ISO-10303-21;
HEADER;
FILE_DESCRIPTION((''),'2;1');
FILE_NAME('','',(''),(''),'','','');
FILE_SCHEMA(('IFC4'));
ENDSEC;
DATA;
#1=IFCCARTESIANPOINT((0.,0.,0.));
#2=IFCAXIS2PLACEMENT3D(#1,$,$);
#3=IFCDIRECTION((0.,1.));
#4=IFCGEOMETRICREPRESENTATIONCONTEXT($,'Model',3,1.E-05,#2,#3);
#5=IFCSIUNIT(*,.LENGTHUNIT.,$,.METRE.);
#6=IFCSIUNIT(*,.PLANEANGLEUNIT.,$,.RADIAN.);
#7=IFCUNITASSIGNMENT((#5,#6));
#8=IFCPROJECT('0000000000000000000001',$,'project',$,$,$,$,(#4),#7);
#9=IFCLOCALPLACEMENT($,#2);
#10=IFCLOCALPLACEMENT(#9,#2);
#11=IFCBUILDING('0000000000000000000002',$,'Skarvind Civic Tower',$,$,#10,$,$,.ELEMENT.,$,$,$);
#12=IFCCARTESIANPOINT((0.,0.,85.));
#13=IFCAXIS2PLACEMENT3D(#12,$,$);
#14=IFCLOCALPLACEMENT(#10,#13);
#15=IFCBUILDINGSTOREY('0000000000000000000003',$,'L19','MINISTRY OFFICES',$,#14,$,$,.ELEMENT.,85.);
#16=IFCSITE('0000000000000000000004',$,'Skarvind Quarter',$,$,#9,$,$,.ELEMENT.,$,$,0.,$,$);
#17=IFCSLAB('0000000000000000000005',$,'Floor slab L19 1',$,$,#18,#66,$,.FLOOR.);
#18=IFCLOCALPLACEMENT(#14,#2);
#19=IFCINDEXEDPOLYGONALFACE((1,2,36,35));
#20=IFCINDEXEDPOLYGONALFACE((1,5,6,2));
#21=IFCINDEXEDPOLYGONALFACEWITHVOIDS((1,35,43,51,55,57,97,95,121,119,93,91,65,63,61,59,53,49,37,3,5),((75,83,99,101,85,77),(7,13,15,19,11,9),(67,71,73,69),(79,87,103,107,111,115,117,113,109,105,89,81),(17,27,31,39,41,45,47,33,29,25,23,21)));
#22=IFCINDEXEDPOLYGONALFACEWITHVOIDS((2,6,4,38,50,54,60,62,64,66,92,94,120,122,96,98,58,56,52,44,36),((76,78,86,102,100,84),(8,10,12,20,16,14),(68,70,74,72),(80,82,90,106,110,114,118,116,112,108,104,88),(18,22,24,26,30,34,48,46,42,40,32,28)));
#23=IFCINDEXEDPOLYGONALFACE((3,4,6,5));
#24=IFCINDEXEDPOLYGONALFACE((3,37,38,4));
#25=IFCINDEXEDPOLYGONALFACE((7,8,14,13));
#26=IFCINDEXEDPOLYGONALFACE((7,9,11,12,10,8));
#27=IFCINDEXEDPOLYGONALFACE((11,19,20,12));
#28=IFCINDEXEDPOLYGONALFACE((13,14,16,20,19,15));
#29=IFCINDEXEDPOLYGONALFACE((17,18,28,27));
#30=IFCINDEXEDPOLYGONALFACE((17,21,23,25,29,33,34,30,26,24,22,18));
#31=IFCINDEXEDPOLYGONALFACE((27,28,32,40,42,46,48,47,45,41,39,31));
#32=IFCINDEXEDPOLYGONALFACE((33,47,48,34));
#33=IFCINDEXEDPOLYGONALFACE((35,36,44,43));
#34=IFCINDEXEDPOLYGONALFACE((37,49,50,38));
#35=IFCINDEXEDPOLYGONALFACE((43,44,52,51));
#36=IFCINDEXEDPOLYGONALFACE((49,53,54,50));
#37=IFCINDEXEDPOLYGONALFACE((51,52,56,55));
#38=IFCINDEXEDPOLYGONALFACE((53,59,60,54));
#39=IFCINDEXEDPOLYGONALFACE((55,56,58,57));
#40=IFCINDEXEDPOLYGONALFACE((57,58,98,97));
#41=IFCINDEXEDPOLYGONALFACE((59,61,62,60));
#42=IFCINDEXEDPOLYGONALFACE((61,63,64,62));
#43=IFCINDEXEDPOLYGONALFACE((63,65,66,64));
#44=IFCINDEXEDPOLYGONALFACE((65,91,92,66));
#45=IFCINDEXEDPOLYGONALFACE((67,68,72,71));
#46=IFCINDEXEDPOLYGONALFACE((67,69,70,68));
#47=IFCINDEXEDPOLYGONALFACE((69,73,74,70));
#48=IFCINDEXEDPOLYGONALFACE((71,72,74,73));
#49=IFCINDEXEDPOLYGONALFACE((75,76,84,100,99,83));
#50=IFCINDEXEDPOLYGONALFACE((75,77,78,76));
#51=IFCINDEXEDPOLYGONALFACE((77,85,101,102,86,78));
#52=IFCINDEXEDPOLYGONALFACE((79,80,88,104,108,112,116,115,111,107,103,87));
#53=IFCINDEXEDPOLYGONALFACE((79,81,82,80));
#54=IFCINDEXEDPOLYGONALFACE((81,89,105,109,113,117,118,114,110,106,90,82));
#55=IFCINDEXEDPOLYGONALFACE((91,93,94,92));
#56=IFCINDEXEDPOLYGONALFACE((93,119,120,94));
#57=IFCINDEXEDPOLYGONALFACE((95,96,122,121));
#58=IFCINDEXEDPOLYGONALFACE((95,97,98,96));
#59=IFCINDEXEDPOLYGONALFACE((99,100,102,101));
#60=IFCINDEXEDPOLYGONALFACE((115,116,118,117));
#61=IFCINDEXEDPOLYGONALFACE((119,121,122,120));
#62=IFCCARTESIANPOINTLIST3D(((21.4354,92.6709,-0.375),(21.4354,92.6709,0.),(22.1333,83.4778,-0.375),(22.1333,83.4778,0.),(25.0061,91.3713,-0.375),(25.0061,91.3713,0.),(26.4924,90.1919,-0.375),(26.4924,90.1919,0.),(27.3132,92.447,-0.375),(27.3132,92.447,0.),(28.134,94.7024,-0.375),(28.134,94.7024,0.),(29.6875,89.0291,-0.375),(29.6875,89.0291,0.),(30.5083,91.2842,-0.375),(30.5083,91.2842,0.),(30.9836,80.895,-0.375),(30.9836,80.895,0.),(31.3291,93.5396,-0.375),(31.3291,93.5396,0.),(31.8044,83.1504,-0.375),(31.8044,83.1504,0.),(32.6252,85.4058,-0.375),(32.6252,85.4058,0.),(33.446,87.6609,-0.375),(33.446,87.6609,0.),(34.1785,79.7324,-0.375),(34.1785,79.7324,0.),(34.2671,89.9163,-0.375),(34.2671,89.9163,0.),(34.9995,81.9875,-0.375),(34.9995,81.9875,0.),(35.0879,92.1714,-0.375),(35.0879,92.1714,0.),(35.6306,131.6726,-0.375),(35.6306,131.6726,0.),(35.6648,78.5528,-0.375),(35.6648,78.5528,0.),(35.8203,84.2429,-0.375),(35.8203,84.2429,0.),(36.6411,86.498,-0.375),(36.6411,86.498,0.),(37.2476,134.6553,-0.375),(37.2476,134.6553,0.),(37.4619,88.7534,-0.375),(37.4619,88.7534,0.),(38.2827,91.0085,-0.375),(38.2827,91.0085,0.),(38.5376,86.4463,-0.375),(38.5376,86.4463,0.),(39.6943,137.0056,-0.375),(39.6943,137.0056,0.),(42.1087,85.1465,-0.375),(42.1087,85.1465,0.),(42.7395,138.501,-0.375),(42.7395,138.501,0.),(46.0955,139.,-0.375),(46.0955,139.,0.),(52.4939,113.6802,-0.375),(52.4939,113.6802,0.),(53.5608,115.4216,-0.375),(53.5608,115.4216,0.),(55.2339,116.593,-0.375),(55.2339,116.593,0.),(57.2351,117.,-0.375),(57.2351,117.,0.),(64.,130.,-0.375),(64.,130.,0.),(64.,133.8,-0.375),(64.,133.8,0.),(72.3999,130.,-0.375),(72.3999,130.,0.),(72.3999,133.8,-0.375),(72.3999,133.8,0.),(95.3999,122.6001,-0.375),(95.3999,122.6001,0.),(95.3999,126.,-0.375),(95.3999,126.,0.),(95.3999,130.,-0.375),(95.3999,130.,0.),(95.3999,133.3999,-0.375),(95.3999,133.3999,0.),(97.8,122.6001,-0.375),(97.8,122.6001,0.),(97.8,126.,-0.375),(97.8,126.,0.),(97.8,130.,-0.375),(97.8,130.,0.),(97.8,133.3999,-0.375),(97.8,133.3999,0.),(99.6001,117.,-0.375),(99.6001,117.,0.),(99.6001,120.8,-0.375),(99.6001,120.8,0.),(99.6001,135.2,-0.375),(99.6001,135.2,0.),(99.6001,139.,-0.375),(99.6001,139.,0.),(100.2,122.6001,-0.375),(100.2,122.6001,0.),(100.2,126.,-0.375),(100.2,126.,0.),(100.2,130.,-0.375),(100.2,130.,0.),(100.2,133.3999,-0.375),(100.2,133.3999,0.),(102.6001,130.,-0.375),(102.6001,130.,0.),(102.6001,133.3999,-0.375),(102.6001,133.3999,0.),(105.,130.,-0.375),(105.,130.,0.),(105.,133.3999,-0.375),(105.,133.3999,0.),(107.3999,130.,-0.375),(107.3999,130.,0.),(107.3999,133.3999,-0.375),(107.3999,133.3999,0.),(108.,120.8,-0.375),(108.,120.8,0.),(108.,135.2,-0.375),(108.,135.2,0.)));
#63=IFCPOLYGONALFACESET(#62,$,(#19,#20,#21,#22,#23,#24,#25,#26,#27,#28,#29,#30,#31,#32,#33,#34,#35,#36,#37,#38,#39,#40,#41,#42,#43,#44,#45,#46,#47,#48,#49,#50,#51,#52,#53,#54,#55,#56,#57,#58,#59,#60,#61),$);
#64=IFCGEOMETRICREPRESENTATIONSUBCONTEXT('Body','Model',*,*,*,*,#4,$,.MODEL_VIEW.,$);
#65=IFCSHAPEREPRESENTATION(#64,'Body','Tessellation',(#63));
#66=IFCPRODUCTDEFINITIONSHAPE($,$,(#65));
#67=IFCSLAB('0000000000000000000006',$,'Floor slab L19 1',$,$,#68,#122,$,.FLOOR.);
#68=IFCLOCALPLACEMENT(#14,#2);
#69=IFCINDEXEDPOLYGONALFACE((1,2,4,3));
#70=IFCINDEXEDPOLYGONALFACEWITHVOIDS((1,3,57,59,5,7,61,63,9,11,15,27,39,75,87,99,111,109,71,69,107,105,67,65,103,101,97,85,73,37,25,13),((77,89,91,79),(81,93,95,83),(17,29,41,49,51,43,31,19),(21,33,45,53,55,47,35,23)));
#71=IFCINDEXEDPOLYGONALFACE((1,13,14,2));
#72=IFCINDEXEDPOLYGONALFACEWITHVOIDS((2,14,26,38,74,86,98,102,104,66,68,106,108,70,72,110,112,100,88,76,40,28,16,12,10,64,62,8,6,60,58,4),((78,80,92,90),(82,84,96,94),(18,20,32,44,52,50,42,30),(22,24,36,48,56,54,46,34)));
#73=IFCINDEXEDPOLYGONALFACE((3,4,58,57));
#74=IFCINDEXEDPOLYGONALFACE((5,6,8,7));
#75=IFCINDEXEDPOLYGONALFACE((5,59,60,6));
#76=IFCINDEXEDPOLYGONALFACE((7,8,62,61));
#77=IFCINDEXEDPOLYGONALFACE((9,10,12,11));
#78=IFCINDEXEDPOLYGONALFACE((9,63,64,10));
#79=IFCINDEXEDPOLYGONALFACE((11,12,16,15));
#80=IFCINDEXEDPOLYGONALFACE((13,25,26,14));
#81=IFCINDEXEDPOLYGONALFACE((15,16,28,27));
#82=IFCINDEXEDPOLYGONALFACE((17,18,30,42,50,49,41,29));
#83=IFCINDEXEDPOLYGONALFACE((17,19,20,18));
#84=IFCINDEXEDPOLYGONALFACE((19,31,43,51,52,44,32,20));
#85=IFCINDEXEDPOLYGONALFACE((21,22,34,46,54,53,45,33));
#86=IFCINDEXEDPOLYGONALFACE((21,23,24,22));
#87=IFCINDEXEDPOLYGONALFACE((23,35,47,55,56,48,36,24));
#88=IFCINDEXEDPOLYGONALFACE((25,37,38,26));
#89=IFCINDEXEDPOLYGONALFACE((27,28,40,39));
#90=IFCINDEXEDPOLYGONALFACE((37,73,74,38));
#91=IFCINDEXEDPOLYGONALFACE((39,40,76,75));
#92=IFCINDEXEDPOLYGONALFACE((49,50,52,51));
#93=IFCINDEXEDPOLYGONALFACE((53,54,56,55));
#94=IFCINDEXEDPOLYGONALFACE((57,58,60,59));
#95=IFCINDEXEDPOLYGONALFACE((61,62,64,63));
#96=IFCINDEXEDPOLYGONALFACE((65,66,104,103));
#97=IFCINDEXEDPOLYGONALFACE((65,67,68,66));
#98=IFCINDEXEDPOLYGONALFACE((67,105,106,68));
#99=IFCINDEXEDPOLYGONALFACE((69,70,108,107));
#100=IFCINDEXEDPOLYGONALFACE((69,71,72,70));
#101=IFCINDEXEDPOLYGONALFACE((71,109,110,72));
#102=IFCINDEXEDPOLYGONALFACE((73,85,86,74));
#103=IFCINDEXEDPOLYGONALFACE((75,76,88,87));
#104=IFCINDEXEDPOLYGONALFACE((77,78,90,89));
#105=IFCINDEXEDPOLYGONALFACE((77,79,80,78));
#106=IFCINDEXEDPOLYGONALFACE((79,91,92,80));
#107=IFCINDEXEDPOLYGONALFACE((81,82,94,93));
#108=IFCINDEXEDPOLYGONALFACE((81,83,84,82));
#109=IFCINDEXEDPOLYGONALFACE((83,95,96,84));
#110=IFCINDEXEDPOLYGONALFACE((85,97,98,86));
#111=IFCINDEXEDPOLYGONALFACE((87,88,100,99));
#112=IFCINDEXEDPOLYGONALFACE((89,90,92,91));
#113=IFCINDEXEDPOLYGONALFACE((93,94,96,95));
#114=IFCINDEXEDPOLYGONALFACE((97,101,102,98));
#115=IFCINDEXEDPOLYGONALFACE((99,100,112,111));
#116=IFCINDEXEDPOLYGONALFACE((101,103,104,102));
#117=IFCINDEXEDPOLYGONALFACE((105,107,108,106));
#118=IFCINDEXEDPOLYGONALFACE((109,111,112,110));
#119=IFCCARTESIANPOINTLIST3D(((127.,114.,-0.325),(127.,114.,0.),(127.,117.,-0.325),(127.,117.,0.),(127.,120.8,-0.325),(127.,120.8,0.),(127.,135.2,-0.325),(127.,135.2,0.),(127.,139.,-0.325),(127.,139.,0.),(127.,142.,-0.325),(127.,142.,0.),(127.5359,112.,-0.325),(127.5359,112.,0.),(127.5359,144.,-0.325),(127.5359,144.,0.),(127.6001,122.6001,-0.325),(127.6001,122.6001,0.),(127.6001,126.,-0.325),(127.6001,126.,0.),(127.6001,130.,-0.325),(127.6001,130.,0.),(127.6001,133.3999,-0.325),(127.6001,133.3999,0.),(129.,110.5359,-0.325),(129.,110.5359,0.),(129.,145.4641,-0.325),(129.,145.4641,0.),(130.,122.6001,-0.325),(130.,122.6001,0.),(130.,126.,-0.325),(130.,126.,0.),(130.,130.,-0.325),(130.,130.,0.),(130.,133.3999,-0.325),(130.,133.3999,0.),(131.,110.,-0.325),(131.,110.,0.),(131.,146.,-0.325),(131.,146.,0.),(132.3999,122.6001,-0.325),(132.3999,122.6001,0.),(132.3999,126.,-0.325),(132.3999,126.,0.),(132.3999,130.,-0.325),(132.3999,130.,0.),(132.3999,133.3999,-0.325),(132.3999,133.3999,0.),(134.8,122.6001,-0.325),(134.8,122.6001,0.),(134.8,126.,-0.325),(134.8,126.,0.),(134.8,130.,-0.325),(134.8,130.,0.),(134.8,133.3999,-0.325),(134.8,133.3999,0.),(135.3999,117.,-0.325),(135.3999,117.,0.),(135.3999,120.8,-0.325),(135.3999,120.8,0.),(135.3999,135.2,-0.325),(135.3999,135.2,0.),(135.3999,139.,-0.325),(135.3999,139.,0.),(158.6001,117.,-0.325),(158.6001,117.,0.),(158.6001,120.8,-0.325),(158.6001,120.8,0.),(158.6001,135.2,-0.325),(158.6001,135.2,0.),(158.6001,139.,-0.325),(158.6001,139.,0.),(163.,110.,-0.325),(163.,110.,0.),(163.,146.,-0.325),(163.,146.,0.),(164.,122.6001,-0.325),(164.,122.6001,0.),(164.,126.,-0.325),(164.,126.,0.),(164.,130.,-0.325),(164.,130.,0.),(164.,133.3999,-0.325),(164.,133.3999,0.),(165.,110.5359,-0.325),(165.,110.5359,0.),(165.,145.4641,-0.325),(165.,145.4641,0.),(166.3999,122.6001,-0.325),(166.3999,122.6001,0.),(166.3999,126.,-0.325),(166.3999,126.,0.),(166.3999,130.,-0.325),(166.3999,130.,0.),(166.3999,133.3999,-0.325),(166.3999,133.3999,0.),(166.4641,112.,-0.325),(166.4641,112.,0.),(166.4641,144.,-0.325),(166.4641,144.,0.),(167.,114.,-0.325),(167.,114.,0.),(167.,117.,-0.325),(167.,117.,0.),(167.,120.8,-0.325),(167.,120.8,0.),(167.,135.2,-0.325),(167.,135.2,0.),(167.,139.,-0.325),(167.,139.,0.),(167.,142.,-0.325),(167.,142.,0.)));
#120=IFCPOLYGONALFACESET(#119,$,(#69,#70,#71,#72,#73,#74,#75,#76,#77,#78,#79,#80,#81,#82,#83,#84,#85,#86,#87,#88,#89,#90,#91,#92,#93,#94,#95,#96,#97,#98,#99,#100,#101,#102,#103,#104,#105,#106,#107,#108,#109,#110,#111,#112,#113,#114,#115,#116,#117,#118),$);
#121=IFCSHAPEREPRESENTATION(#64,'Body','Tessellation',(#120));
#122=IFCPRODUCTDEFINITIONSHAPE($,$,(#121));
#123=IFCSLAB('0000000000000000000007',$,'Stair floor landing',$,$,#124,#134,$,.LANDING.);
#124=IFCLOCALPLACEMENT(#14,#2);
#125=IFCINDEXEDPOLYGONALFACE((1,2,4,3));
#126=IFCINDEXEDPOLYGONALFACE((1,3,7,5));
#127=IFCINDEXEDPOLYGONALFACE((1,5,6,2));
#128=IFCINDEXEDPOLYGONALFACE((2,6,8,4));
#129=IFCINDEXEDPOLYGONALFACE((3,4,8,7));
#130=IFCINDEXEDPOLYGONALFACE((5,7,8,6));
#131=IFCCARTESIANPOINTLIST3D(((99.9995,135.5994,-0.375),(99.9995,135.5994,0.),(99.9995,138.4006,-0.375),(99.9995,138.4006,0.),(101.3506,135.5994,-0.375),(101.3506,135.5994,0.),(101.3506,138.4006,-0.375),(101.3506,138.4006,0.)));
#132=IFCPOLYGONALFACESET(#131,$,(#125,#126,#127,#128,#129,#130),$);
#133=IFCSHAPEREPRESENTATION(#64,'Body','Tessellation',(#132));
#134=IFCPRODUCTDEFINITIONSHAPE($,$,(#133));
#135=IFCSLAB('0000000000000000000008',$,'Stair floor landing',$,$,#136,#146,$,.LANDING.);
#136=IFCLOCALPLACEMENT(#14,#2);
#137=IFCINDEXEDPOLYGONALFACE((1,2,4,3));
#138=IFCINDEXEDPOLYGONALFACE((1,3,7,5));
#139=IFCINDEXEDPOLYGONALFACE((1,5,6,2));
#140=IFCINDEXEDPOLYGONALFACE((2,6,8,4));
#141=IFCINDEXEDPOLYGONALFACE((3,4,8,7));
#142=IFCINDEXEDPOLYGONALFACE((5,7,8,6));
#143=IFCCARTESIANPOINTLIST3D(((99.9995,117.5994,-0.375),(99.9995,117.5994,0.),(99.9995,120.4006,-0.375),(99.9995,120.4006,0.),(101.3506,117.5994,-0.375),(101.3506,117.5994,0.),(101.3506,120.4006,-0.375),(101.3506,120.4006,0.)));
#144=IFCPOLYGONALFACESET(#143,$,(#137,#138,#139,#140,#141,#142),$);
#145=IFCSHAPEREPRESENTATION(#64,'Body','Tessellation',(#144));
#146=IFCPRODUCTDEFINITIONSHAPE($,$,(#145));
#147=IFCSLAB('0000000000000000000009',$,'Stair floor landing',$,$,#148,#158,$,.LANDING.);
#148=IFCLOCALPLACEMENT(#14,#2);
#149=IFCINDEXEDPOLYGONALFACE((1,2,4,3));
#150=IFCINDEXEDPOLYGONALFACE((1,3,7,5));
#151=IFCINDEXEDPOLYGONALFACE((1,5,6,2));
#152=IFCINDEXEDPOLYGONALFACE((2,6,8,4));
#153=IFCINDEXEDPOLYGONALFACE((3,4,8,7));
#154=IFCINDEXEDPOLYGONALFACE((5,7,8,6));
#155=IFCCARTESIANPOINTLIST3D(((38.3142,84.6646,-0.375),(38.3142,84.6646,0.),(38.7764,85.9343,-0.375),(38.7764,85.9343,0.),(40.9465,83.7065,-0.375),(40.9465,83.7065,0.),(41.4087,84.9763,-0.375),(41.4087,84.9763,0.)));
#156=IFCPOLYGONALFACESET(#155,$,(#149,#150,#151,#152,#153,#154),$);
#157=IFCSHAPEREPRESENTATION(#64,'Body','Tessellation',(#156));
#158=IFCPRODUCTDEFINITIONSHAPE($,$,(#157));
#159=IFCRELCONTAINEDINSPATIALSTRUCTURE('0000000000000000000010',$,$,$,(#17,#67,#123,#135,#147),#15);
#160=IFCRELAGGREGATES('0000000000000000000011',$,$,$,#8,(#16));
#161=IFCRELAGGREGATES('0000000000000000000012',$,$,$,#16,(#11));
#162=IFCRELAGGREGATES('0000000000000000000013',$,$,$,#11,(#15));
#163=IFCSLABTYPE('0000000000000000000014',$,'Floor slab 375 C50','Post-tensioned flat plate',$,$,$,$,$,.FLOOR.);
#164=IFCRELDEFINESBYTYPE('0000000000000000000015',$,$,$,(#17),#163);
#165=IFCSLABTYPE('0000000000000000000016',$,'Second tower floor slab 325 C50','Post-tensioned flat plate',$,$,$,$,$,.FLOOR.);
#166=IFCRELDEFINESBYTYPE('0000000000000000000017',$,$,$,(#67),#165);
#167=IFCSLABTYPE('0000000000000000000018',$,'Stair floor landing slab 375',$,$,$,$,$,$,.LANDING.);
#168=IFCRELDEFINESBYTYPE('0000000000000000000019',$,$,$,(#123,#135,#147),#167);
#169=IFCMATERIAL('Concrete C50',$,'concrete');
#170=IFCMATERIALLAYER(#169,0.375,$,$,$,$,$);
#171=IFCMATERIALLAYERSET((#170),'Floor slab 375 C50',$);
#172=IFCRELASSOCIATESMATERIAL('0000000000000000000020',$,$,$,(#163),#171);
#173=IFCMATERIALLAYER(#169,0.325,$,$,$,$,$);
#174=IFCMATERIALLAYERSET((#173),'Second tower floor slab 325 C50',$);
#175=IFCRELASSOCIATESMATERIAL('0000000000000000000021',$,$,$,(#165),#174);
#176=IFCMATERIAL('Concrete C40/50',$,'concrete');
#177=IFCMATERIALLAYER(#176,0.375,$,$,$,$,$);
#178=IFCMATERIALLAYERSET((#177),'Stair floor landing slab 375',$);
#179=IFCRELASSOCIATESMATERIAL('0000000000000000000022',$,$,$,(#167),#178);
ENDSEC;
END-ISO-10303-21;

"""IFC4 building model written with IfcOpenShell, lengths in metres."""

from ifc_helpers import new_model, si_unit, direction, frame, origin, place, context, subcontext, project, spatial, polyline, outline, extrude, material, layer, layer_set, type_object, element, save


model = new_model("IFC4")

# Units and contexts
model_context = context("Model", 3, precision=1e-05, world=origin(), true_north=direction((0.0, 1.0)))
body_context = subcontext(model_context, "Body", "Model", "MODEL_VIEW")
ifc_project = project(units=[si_unit("LENGTHUNIT", "METRE"), si_unit("PLANEANGLEUNIT", "RADIAN")], contexts=[model_context])

# Site, building, storey
site_placement = place(None, origin())
site = spatial("IfcSite", under=ifc_project, at=site_placement, Name="Skarvind Quarter", CompositionType="ELEMENT", RefElevation=0.0)
building_placement = place(site_placement, origin())
building = spatial("IfcBuilding", under=site, at=building_placement, Name="Skarvind Civic Tower", CompositionType="ELEMENT")
storey_placement = place(building_placement, frame((0.0, 0.0, 85.0)))
storey = spatial("IfcBuildingStorey", under=building, at=storey_placement, Name="L19", Description="MINISTRY OFFICES", CompositionType="ELEMENT", Elevation=85.0)

# Slabs
ifc_material_1 = material(Name="Concrete C50", Category="concrete")
ifc_layer_1 = layer(ifc_material_1, 0.375)
ifc_layer_set_1 = layer_set([ifc_layer_1], Name="Floor slab 375 C50")
slab_type_1 = type_object("IfcSlabType", Name="Floor slab 375 C50", Description="Post-tensioned flat plate", PredefinedType="FLOOR", material=ifc_layer_set_1)
slab_1_placement = place(storey_placement, frame((0.0, 0.0, -0.375)))
element("IfcSlab", 1, at=slab_1_placement, inside=storey, type_object=slab_type_1, Name="Floor slab L19 1", PredefinedType="FLOOR", context=body_context, shape_type="SweptSolid", body=[
    extrude(outline(polyline([(99.6001, 117.0), (99.6001, 120.8), (108.0, 120.8), (108.0, 135.2), (99.6001, 135.2), (99.6001, 139.0), (46.0955, 139.0), (42.7395, 138.501), (39.6943, 137.0056), (37.2476, 134.6553), (35.6306, 131.6726), (19.4175, 87.1267), (21.4353, 92.6709), (25.0061, 91.3713), (22.1333, 83.4778), (36.8865, 78.1082), (35.6648, 78.5527), (38.5376, 86.4463), (42.1086, 85.1465), (40.0908, 79.6023), (40.0908, 79.6023), (52.4939, 113.6802), (53.5608, 115.4216), (55.2339, 116.593), (57.2351, 117.0), (99.6001, 117.0)]), holes=[polyline([(32.6252, 85.4058), (33.446, 87.6609), (34.2671, 89.9163), (35.0879, 92.1714), (38.2827, 91.0085), (37.4619, 88.7534), (36.6411, 86.498), (35.8203, 84.2429), (35.8203, 84.2429), (34.9995, 81.9875), (34.1785, 79.7324), (30.9836, 80.895), (31.8044, 83.1504), (32.6252, 85.4058), (32.6252, 85.4058)]), polyline([(31.3291, 93.5396), (30.5083, 91.2842), (29.6875, 89.0291), (26.4924, 90.1919), (27.3132, 92.447), (28.134, 94.7024), (31.3291, 93.5396)]), polyline([(64.0, 130.0), (64.0, 133.8), (72.3999, 133.8), (72.3999, 130.0), (64.0, 130.0)]), polyline([(100.2, 126.0), (100.2, 122.6001), (97.8, 122.6001), (95.3999, 122.6001), (95.3999, 126.0), (97.8, 126.0), (100.2, 126.0)]), polyline([(100.2, 133.3999), (102.6001, 133.3999), (105.0, 133.3999), (107.3999, 133.3999), (107.3999, 130.0), (105.0, 130.0), (102.6001, 130.0), (100.2, 130.0), (97.8, 130.0), (95.3999, 130.0), (95.3999, 133.3999), (97.8, 133.3999), (100.2, 133.3999)])]), origin(), (0.0, 0.0, 1.0), 0.375),
])
ifc_layer_2 = layer(ifc_material_1, 0.325)
ifc_layer_set_2 = layer_set([ifc_layer_2], Name="Second tower floor slab 325 C50")
slab_type_2 = type_object("IfcSlabType", Name="Second tower floor slab 325 C50", Description="Post-tensioned flat plate", PredefinedType="FLOOR", material=ifc_layer_set_2)
slab_2_placement = place(storey_placement, frame((0.0, 0.0, -0.325)))
element("IfcSlab", 2, at=slab_2_placement, inside=storey, type_object=slab_type_2, Name="Floor slab L19 1", PredefinedType="FLOOR", context=body_context, shape_type="SweptSolid", body=[
    extrude(outline(polyline([(127.0, 139.0), (135.3999, 139.0), (135.3999, 135.2), (127.0, 135.2), (127.0, 120.8), (135.3999, 120.8), (135.3999, 117.0), (127.0, 117.0), (127.0, 114.0), (127.5359, 112.0), (129.0, 110.5359), (131.0, 110.0), (163.0, 110.0), (165.0, 110.5359), (166.4641, 112.0), (167.0, 114.0), (167.0, 117.0), (158.6001, 117.0), (158.6001, 120.8), (167.0, 120.8), (167.0, 135.2), (158.6001, 135.2), (158.6001, 139.0), (167.0, 139.0), (167.0, 142.0), (166.4641, 144.0), (165.0, 145.4641), (163.0, 146.0), (131.0, 146.0), (129.0, 145.4641), (127.5359, 144.0), (127.0, 142.0), (127.0, 139.0)]), holes=[polyline([(132.3999, 126.0), (134.8, 126.0), (134.8, 122.6001), (132.3999, 122.6001), (130.0, 122.6001), (127.6001, 122.6001), (127.6001, 126.0), (130.0, 126.0), (132.3999, 126.0)]), polyline([(130.0, 133.3999), (132.3999, 133.3999), (134.8, 133.3999), (134.8, 130.0), (132.3999, 130.0), (130.0, 130.0), (127.6001, 130.0), (127.6001, 133.3999), (130.0, 133.3999)]), polyline([(166.3999, 126.0), (166.3999, 122.6001), (164.0, 122.6001), (164.0, 126.0), (166.3999, 126.0)]), polyline([(166.3999, 133.3999), (166.3999, 130.0), (164.0, 130.0), (164.0, 133.3999), (166.3999, 133.3999)])]), origin(), (0.0, 0.0, 1.0), 0.325),
])
ifc_material_2 = material(Name="Concrete C40/50", Category="concrete")
ifc_layer_3 = layer(ifc_material_2, 0.375)
ifc_layer_set_3 = layer_set([ifc_layer_3], Name="Stair floor landing slab 375")
slab_type_3 = type_object("IfcSlabType", Name="Stair floor landing slab 375", PredefinedType="LANDING", material=ifc_layer_set_3)
slab_3_placement = place(storey_placement, frame((0.0, 0.0, -0.375)))
element("IfcSlab", 3, at=slab_3_placement, inside=storey, type_object=slab_type_3, Name="Stair floor landing", PredefinedType="LANDING", context=body_context, shape_type="SweptSolid", body=[
    extrude(outline(polyline([(101.3506, 138.4006), (101.3506, 135.5994), (99.9995, 135.5994), (99.9995, 138.4006), (101.3506, 138.4006)])), origin(), (0.0, 0.0, 1.0), 0.375),
])
slab_4_placement = place(storey_placement, frame((0.0, 0.0, -0.375)))
element("IfcSlab", 4, at=slab_4_placement, inside=storey, type_object=slab_type_3, Name="Stair floor landing", PredefinedType="LANDING", context=body_context, shape_type="SweptSolid", body=[
    extrude(outline(polyline([(101.3506, 120.4006), (101.3506, 117.5994), (99.9995, 117.5994), (99.9995, 120.4006), (101.3506, 120.4006)])), origin(), (0.0, 0.0, 1.0), 0.375),
])
slab_5_placement = place(storey_placement, frame((0.0, 0.0, -0.375)))
element("IfcSlab", 5, at=slab_5_placement, inside=storey, type_object=slab_type_3, Name="Stair floor landing", PredefinedType="LANDING", context=body_context, shape_type="SweptSolid", body=[
    extrude(outline(polyline([(40.9465, 83.7065), (38.3142, 84.6646), (38.7764, 85.9343), (41.4087, 84.9763), (40.9465, 83.7065)])), origin(), (0.0, 0.0, 1.0), 0.375),
])

save(model, "model.ifc")
